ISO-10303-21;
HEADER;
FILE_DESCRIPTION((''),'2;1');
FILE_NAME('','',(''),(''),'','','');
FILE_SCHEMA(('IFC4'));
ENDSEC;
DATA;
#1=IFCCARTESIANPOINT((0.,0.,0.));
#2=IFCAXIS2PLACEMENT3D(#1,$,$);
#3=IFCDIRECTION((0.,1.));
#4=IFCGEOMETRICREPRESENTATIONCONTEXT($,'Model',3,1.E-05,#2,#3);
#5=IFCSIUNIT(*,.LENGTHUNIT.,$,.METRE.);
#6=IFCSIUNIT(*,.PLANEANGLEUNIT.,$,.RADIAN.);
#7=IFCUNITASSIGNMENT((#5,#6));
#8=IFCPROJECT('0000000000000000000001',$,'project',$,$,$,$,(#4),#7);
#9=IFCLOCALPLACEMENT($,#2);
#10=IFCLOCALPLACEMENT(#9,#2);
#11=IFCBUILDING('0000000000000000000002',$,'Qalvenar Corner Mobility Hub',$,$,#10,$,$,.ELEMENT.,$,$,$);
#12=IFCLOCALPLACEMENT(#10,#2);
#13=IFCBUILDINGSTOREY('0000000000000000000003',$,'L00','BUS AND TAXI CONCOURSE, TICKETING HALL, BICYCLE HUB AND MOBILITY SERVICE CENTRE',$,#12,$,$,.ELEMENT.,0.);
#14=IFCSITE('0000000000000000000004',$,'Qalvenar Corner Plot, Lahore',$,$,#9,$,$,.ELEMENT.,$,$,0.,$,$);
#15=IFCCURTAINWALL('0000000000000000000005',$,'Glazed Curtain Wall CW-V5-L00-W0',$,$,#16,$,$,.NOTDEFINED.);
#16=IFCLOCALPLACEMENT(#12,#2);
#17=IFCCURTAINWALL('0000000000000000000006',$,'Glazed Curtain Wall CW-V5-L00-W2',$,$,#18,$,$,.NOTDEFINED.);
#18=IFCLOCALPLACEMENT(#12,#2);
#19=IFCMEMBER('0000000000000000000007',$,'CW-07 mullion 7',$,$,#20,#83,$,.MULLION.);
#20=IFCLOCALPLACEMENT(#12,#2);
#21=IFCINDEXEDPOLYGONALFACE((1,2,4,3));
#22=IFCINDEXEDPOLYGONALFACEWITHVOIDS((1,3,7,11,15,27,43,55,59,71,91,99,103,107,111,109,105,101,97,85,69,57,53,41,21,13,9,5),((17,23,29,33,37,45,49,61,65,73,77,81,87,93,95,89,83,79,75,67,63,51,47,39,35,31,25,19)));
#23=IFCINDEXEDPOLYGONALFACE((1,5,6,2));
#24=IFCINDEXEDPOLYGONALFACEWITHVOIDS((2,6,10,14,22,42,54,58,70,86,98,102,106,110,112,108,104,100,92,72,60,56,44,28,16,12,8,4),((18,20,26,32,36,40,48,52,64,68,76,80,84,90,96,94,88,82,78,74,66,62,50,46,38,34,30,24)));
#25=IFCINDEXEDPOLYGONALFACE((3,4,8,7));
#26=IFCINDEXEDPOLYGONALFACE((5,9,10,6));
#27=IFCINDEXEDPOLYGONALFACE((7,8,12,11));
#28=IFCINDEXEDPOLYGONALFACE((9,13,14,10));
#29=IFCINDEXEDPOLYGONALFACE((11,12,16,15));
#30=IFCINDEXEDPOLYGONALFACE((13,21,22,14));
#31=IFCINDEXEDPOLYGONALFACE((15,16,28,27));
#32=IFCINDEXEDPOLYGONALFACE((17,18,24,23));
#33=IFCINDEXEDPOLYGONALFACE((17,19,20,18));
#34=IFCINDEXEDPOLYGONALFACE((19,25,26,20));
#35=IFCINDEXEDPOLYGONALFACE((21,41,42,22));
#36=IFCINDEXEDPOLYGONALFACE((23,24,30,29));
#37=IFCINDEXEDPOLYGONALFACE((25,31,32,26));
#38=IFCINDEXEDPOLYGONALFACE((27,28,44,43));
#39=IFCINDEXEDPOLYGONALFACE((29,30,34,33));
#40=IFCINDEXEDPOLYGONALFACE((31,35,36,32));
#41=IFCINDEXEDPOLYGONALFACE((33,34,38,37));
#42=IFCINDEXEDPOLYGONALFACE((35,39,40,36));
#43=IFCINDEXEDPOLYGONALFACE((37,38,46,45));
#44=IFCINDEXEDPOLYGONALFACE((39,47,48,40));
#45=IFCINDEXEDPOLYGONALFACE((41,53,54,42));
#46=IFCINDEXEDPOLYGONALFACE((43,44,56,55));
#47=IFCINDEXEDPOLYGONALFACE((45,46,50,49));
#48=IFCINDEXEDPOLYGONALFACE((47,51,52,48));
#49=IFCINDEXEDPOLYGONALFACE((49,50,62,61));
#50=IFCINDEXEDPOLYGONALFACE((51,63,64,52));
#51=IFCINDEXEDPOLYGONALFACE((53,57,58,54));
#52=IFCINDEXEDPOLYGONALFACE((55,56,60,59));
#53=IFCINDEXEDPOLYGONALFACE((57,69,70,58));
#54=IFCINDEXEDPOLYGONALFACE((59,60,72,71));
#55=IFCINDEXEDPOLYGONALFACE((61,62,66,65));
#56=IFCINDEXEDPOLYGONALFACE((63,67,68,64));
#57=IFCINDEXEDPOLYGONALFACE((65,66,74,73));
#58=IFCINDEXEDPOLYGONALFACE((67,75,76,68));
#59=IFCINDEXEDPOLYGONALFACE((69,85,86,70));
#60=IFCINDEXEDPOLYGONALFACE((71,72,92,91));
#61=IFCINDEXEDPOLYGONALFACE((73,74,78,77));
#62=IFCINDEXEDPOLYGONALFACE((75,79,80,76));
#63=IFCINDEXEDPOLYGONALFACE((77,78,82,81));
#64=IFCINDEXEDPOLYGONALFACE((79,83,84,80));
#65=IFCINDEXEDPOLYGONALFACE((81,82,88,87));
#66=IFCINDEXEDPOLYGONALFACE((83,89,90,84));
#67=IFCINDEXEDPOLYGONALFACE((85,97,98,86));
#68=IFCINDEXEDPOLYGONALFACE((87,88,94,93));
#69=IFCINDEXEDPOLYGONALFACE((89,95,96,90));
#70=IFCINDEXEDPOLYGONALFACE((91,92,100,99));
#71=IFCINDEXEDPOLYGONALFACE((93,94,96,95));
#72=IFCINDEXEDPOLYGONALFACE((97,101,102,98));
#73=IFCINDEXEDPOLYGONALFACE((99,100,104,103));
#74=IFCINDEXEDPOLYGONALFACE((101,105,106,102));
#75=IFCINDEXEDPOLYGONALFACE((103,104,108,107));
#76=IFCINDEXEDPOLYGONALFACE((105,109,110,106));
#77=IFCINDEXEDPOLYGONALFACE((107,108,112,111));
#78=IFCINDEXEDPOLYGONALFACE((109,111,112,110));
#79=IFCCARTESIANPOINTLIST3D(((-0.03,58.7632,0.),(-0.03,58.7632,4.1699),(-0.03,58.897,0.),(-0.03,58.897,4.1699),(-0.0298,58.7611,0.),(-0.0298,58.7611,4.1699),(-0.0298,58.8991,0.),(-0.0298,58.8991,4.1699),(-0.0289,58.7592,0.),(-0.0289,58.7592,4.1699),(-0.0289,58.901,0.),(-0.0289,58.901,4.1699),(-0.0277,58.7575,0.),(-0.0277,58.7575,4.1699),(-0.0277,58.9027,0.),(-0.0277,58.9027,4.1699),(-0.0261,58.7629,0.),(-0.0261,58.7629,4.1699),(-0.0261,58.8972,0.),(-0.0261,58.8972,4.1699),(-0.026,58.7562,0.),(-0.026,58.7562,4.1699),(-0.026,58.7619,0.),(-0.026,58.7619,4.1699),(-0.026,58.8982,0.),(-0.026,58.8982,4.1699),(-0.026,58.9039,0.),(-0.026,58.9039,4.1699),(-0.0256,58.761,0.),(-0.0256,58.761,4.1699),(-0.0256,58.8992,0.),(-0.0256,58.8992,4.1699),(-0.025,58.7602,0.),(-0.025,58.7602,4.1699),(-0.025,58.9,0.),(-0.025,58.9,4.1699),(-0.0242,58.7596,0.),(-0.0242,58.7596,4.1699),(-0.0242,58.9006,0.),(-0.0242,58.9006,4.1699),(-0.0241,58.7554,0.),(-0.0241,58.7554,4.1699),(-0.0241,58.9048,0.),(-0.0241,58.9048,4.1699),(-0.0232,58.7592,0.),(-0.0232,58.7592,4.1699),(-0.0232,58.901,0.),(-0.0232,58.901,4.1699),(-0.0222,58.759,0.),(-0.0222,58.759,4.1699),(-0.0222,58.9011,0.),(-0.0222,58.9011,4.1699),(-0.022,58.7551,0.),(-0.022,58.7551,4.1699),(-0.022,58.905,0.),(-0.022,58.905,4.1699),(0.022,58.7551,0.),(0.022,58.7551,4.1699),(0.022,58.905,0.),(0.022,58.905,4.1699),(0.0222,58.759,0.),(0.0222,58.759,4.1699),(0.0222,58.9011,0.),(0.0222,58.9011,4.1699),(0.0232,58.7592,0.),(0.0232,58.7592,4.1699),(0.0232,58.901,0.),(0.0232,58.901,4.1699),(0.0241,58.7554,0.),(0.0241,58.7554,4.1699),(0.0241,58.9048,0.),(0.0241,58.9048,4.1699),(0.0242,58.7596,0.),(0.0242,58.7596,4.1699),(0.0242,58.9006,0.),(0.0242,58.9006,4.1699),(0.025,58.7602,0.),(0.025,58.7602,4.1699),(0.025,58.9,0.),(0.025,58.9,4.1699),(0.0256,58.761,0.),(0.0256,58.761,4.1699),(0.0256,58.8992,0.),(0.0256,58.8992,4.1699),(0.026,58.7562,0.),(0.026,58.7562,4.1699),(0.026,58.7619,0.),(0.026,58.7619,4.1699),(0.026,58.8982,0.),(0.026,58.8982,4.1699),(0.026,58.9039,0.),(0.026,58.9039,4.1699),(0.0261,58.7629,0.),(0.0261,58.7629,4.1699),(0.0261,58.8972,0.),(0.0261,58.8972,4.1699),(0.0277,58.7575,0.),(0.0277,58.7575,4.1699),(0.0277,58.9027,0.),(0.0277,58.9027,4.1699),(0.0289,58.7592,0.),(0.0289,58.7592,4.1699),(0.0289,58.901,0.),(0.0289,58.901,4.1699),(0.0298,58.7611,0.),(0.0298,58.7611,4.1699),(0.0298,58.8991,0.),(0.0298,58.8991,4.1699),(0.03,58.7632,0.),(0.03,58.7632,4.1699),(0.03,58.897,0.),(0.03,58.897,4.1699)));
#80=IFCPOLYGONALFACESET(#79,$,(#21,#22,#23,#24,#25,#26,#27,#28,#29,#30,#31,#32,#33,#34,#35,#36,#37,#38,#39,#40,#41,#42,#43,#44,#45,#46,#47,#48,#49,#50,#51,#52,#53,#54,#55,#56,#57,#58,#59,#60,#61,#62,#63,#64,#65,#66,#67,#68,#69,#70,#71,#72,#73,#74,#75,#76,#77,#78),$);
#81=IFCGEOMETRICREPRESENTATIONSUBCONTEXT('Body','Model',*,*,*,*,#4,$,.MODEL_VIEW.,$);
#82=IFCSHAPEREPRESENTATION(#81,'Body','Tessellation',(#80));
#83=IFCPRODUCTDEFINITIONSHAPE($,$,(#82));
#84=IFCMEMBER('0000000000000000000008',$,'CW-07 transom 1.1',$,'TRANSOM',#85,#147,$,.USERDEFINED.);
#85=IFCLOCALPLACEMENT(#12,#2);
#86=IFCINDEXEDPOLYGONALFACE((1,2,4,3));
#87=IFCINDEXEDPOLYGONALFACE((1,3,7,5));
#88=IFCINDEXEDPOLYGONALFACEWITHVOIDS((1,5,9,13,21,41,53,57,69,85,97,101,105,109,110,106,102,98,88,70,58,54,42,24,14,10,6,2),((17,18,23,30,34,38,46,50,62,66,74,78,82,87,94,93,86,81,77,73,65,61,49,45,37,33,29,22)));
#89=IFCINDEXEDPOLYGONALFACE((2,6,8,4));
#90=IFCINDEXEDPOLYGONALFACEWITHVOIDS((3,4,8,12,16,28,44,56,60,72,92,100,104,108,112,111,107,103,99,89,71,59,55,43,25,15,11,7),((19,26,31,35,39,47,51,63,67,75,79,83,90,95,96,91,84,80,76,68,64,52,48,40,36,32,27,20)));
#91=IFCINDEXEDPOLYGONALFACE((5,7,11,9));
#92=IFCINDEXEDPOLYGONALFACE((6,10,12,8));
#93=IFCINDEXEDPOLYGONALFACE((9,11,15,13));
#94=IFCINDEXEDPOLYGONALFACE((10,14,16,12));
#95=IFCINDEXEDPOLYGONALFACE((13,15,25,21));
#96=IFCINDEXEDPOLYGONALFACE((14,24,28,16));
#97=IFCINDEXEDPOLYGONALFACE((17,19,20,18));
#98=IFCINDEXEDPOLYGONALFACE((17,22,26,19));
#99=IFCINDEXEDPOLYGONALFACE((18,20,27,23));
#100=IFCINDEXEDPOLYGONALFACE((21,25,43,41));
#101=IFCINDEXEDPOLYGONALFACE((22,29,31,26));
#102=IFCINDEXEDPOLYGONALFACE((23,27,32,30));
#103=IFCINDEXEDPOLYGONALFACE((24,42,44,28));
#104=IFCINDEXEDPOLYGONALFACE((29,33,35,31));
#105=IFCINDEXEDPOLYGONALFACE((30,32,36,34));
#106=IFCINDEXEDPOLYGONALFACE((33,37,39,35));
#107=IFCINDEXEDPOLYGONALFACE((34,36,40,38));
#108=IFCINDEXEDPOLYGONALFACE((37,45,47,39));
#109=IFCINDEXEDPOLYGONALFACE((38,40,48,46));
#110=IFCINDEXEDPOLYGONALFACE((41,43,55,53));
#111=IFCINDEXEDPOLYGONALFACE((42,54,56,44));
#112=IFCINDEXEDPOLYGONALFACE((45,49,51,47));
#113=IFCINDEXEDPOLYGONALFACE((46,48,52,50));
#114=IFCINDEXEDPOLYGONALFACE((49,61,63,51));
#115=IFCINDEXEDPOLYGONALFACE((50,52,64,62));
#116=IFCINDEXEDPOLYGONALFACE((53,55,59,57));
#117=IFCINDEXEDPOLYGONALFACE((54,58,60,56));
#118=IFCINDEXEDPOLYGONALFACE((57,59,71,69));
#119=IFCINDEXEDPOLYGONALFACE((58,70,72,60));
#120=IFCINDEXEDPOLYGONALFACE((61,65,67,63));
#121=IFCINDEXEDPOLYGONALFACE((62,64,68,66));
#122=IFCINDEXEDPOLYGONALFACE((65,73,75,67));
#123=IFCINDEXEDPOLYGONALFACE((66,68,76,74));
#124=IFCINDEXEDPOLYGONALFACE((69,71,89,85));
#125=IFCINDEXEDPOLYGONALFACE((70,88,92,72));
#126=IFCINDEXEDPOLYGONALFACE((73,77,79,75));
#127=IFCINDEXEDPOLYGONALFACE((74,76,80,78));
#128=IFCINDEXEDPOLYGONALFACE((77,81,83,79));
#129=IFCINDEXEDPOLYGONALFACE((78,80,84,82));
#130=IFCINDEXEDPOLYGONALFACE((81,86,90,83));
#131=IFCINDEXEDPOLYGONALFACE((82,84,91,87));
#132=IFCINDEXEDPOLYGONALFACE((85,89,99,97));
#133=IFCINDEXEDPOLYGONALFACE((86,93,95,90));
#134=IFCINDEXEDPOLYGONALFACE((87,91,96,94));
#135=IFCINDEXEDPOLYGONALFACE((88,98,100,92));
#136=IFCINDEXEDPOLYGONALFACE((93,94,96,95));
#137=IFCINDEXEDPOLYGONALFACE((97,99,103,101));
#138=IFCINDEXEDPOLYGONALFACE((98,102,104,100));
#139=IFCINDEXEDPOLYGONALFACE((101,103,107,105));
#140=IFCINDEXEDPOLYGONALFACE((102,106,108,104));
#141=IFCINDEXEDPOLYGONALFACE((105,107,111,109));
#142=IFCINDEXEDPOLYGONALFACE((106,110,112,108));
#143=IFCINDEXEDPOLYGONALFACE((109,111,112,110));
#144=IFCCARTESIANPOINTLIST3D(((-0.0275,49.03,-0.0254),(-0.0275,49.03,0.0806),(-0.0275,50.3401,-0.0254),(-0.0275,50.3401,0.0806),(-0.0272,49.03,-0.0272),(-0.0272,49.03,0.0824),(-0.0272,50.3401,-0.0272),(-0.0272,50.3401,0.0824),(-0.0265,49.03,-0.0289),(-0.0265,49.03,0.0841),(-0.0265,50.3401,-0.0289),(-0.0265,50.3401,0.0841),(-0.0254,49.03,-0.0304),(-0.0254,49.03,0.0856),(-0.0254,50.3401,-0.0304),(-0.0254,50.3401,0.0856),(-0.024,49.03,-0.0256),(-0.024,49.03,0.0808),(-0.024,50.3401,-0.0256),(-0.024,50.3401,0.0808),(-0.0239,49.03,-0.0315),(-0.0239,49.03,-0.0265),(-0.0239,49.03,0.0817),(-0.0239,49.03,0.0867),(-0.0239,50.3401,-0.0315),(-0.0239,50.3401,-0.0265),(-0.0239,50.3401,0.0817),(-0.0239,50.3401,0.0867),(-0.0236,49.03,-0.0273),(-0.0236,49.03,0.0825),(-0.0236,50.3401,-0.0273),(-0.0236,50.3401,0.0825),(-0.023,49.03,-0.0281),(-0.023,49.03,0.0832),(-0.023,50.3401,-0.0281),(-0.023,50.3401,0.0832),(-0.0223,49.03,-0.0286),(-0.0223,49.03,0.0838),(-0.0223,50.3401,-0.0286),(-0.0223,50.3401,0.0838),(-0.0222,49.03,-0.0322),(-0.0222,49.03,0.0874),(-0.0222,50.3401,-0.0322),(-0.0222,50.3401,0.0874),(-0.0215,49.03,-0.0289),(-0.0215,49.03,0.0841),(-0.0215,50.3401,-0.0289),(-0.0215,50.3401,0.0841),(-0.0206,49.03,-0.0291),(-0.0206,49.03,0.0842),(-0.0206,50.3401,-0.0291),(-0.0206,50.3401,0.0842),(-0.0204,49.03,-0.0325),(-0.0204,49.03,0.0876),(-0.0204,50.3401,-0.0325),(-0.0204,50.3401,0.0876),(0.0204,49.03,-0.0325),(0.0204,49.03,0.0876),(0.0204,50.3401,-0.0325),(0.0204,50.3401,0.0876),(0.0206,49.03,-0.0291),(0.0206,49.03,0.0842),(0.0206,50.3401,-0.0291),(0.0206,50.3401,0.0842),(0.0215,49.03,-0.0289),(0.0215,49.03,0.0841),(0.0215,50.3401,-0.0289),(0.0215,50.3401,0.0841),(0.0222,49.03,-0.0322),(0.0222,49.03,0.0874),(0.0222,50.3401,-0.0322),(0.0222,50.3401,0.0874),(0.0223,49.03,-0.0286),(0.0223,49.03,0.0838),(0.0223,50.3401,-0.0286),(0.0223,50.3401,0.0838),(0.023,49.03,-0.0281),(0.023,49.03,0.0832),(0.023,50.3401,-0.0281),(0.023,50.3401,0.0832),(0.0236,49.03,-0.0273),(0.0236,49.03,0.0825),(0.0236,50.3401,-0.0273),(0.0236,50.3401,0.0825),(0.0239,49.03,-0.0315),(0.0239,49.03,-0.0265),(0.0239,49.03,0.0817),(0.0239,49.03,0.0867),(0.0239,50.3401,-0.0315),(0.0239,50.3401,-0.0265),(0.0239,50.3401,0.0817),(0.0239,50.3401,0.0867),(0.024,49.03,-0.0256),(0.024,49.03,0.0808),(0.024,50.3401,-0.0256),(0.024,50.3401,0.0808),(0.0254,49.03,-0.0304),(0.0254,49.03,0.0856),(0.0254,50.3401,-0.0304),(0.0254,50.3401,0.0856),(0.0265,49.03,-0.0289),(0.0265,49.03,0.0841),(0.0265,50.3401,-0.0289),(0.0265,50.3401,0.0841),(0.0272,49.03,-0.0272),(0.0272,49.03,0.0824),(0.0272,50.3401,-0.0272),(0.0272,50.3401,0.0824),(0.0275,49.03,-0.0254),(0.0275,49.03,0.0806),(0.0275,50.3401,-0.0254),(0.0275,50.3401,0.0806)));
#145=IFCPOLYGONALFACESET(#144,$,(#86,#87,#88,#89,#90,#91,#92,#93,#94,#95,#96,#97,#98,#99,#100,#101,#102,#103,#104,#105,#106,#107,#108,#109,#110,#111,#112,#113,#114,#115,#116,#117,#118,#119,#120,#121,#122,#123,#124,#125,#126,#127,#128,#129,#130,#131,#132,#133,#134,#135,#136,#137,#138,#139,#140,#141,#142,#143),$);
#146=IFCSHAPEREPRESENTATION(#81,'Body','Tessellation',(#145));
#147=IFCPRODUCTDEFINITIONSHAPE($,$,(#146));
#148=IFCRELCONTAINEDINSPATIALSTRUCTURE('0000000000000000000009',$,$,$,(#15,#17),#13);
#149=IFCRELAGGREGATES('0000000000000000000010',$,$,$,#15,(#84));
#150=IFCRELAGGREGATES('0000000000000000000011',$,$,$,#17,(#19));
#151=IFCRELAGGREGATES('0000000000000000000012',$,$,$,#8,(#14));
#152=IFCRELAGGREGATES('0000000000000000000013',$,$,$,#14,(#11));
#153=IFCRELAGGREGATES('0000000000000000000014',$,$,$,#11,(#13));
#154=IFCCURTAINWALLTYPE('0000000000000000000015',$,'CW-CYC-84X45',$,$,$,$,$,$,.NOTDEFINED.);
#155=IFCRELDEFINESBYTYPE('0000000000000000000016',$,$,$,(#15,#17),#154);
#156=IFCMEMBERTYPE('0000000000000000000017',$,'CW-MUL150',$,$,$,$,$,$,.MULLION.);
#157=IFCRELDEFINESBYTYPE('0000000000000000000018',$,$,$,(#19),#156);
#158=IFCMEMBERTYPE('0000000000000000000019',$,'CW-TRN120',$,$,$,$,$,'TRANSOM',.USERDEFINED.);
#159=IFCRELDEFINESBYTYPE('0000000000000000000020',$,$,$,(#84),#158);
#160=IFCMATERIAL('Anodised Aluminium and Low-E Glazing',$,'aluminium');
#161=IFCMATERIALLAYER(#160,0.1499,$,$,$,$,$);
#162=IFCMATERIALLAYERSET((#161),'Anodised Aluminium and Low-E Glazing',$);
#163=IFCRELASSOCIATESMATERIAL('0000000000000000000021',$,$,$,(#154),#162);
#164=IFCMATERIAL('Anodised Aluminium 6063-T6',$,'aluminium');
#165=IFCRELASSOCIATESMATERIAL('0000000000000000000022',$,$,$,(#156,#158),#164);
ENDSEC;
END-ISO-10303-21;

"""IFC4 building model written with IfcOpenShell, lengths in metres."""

from ifc_helpers import new_model, si_unit, direction, frame, origin, origin_2d, place, context, subcontext, project, spatial, hollow_rectangle, extrude, material, layer, layer_set, material_profile, profile_set, type_object, element, aggregate, save


model = new_model("IFC4")

# Units and contexts
model_context = context("Model", 3, precision=1e-05, world=origin(), true_north=direction((0.0, 1.0)))
body_context = subcontext(model_context, "Body", "Model", "MODEL_VIEW")
ifc_project = project(units=[si_unit("LENGTHUNIT", "METRE"), si_unit("PLANEANGLEUNIT", "RADIAN")], contexts=[model_context])

# Site, building, storey
site_placement = place(None, origin())
site = spatial("IfcSite", under=ifc_project, at=site_placement, Name="Qalvenar Corner Plot, Lahore", CompositionType="ELEMENT", RefElevation=0.0)
building_placement = place(site_placement, origin())
building = spatial("IfcBuilding", under=site, at=building_placement, Name="Qalvenar Corner Mobility Hub", CompositionType="ELEMENT")
storey_placement = place(building_placement, origin())
storey = spatial("IfcBuildingStorey", under=building, at=storey_placement, Name="L00", Description="BUS AND TAXI CONCOURSE, TICKETING HALL, BICYCLE HUB AND MOBILITY SERVICE CENTRE", CompositionType="ELEMENT", Elevation=0.0)

# Curtain wall
ifc_material_1 = material(Name="Anodised Aluminium and Low-E Glazing", Category="aluminium")
ifc_layer_1 = layer(ifc_material_1, 0.1499)
ifc_layer_set_1 = layer_set([ifc_layer_1], Name="Anodised Aluminium and Low-E Glazing")
curtain_wall_type = type_object("IfcCurtainWallType", Name="CW-CYC-84X45", PredefinedType="NOTDEFINED", material=ifc_layer_set_1)
curtain_wall_1_placement = place(storey_placement, origin())
curtain_wall_1 = element("IfcCurtainWall", 1, at=curtain_wall_1_placement, inside=storey, type_object=curtain_wall_type, Name="Glazed Curtain Wall CW-V5-L00-W0", PredefinedType="NOTDEFINED")
ifc_material_2 = material(Name="Anodised Aluminium 6063-T6", Category="aluminium")
ifc_material_profile_1 = material_profile(ifc_material_2, hollow_rectangle(XDim=0.0601, YDim=0.1499, WallThickness=0.0039, InnerFilletRadius=0.0039, OuterFilletRadius=0.0081, at=origin_2d()), Name="RHS150x60x4")
ifc_profile_set_1 = profile_set([ifc_material_profile_1], Name="Anodised Aluminium 6063-T6")
member_type_1 = type_object("IfcMemberType", Name="CW-MUL150", PredefinedType="MULLION", material=ifc_profile_set_1)

# Curtain wall, member
curtain_wall_2_placement = place(storey_placement, origin())
curtain_wall_2 = element("IfcCurtainWall", 2, at=curtain_wall_2_placement, inside=storey, type_object=curtain_wall_type, Name="Glazed Curtain Wall CW-V5-L00-W2", PredefinedType="NOTDEFINED")
member_1_placement = place(storey_placement, frame((0.0, 58.8301, 0.0), z_axis=(0.0, 0.0, 1.0), x_axis=(1.0, 0.0, 0.0)))
member_1 = element("IfcMember", 3, at=member_1_placement, type_object=member_type_1, Name="CW-07 mullion 7", PredefinedType="MULLION", context=body_context, shape_type="SweptSolid", body=[
    extrude(hollow_rectangle(XDim=0.0601, YDim=0.1499, WallThickness=0.0039, InnerFilletRadius=0.0039, OuterFilletRadius=0.0081, at=origin_2d()), origin(), (0.0, 0.0, 1.0), 4.1699),
])

# Member
ifc_material_profile_2 = material_profile(ifc_material_2, hollow_rectangle(XDim=0.0549, YDim=0.1201, WallThickness=0.0034, InnerFilletRadius=0.0034, OuterFilletRadius=0.0071, at=origin_2d()), Name="RHS120x55x3.5")
ifc_profile_set_2 = profile_set([ifc_material_profile_2], Name="Anodised Aluminium 6063-T6")
member_type_2 = type_object("IfcMemberType", Name="CW-TRN120", ElementType="TRANSOM", PredefinedType="USERDEFINED", material=ifc_profile_set_2)
member_2_placement = place(storey_placement, frame((0.0, 50.3401, 0.0276), z_axis=(0.0, -1.0, 0.0), x_axis=(1.0, 0.0, 0.0)))
member_2 = element("IfcMember", 4, at=member_2_placement, type_object=member_type_2, Name="CW-07 transom 1.1", ObjectType="TRANSOM", PredefinedType="USERDEFINED", context=body_context, shape_type="SweptSolid", body=[
    extrude(hollow_rectangle(XDim=0.0549, YDim=0.1201, WallThickness=0.0034, InnerFilletRadius=0.0034, OuterFilletRadius=0.0071, at=origin_2d()), origin(), (0.0, 0.0, 1.0), 1.3101),
])

aggregate(curtain_wall_1, [member_2])
aggregate(curtain_wall_2, [member_1])

save(model, "model.ifc")
